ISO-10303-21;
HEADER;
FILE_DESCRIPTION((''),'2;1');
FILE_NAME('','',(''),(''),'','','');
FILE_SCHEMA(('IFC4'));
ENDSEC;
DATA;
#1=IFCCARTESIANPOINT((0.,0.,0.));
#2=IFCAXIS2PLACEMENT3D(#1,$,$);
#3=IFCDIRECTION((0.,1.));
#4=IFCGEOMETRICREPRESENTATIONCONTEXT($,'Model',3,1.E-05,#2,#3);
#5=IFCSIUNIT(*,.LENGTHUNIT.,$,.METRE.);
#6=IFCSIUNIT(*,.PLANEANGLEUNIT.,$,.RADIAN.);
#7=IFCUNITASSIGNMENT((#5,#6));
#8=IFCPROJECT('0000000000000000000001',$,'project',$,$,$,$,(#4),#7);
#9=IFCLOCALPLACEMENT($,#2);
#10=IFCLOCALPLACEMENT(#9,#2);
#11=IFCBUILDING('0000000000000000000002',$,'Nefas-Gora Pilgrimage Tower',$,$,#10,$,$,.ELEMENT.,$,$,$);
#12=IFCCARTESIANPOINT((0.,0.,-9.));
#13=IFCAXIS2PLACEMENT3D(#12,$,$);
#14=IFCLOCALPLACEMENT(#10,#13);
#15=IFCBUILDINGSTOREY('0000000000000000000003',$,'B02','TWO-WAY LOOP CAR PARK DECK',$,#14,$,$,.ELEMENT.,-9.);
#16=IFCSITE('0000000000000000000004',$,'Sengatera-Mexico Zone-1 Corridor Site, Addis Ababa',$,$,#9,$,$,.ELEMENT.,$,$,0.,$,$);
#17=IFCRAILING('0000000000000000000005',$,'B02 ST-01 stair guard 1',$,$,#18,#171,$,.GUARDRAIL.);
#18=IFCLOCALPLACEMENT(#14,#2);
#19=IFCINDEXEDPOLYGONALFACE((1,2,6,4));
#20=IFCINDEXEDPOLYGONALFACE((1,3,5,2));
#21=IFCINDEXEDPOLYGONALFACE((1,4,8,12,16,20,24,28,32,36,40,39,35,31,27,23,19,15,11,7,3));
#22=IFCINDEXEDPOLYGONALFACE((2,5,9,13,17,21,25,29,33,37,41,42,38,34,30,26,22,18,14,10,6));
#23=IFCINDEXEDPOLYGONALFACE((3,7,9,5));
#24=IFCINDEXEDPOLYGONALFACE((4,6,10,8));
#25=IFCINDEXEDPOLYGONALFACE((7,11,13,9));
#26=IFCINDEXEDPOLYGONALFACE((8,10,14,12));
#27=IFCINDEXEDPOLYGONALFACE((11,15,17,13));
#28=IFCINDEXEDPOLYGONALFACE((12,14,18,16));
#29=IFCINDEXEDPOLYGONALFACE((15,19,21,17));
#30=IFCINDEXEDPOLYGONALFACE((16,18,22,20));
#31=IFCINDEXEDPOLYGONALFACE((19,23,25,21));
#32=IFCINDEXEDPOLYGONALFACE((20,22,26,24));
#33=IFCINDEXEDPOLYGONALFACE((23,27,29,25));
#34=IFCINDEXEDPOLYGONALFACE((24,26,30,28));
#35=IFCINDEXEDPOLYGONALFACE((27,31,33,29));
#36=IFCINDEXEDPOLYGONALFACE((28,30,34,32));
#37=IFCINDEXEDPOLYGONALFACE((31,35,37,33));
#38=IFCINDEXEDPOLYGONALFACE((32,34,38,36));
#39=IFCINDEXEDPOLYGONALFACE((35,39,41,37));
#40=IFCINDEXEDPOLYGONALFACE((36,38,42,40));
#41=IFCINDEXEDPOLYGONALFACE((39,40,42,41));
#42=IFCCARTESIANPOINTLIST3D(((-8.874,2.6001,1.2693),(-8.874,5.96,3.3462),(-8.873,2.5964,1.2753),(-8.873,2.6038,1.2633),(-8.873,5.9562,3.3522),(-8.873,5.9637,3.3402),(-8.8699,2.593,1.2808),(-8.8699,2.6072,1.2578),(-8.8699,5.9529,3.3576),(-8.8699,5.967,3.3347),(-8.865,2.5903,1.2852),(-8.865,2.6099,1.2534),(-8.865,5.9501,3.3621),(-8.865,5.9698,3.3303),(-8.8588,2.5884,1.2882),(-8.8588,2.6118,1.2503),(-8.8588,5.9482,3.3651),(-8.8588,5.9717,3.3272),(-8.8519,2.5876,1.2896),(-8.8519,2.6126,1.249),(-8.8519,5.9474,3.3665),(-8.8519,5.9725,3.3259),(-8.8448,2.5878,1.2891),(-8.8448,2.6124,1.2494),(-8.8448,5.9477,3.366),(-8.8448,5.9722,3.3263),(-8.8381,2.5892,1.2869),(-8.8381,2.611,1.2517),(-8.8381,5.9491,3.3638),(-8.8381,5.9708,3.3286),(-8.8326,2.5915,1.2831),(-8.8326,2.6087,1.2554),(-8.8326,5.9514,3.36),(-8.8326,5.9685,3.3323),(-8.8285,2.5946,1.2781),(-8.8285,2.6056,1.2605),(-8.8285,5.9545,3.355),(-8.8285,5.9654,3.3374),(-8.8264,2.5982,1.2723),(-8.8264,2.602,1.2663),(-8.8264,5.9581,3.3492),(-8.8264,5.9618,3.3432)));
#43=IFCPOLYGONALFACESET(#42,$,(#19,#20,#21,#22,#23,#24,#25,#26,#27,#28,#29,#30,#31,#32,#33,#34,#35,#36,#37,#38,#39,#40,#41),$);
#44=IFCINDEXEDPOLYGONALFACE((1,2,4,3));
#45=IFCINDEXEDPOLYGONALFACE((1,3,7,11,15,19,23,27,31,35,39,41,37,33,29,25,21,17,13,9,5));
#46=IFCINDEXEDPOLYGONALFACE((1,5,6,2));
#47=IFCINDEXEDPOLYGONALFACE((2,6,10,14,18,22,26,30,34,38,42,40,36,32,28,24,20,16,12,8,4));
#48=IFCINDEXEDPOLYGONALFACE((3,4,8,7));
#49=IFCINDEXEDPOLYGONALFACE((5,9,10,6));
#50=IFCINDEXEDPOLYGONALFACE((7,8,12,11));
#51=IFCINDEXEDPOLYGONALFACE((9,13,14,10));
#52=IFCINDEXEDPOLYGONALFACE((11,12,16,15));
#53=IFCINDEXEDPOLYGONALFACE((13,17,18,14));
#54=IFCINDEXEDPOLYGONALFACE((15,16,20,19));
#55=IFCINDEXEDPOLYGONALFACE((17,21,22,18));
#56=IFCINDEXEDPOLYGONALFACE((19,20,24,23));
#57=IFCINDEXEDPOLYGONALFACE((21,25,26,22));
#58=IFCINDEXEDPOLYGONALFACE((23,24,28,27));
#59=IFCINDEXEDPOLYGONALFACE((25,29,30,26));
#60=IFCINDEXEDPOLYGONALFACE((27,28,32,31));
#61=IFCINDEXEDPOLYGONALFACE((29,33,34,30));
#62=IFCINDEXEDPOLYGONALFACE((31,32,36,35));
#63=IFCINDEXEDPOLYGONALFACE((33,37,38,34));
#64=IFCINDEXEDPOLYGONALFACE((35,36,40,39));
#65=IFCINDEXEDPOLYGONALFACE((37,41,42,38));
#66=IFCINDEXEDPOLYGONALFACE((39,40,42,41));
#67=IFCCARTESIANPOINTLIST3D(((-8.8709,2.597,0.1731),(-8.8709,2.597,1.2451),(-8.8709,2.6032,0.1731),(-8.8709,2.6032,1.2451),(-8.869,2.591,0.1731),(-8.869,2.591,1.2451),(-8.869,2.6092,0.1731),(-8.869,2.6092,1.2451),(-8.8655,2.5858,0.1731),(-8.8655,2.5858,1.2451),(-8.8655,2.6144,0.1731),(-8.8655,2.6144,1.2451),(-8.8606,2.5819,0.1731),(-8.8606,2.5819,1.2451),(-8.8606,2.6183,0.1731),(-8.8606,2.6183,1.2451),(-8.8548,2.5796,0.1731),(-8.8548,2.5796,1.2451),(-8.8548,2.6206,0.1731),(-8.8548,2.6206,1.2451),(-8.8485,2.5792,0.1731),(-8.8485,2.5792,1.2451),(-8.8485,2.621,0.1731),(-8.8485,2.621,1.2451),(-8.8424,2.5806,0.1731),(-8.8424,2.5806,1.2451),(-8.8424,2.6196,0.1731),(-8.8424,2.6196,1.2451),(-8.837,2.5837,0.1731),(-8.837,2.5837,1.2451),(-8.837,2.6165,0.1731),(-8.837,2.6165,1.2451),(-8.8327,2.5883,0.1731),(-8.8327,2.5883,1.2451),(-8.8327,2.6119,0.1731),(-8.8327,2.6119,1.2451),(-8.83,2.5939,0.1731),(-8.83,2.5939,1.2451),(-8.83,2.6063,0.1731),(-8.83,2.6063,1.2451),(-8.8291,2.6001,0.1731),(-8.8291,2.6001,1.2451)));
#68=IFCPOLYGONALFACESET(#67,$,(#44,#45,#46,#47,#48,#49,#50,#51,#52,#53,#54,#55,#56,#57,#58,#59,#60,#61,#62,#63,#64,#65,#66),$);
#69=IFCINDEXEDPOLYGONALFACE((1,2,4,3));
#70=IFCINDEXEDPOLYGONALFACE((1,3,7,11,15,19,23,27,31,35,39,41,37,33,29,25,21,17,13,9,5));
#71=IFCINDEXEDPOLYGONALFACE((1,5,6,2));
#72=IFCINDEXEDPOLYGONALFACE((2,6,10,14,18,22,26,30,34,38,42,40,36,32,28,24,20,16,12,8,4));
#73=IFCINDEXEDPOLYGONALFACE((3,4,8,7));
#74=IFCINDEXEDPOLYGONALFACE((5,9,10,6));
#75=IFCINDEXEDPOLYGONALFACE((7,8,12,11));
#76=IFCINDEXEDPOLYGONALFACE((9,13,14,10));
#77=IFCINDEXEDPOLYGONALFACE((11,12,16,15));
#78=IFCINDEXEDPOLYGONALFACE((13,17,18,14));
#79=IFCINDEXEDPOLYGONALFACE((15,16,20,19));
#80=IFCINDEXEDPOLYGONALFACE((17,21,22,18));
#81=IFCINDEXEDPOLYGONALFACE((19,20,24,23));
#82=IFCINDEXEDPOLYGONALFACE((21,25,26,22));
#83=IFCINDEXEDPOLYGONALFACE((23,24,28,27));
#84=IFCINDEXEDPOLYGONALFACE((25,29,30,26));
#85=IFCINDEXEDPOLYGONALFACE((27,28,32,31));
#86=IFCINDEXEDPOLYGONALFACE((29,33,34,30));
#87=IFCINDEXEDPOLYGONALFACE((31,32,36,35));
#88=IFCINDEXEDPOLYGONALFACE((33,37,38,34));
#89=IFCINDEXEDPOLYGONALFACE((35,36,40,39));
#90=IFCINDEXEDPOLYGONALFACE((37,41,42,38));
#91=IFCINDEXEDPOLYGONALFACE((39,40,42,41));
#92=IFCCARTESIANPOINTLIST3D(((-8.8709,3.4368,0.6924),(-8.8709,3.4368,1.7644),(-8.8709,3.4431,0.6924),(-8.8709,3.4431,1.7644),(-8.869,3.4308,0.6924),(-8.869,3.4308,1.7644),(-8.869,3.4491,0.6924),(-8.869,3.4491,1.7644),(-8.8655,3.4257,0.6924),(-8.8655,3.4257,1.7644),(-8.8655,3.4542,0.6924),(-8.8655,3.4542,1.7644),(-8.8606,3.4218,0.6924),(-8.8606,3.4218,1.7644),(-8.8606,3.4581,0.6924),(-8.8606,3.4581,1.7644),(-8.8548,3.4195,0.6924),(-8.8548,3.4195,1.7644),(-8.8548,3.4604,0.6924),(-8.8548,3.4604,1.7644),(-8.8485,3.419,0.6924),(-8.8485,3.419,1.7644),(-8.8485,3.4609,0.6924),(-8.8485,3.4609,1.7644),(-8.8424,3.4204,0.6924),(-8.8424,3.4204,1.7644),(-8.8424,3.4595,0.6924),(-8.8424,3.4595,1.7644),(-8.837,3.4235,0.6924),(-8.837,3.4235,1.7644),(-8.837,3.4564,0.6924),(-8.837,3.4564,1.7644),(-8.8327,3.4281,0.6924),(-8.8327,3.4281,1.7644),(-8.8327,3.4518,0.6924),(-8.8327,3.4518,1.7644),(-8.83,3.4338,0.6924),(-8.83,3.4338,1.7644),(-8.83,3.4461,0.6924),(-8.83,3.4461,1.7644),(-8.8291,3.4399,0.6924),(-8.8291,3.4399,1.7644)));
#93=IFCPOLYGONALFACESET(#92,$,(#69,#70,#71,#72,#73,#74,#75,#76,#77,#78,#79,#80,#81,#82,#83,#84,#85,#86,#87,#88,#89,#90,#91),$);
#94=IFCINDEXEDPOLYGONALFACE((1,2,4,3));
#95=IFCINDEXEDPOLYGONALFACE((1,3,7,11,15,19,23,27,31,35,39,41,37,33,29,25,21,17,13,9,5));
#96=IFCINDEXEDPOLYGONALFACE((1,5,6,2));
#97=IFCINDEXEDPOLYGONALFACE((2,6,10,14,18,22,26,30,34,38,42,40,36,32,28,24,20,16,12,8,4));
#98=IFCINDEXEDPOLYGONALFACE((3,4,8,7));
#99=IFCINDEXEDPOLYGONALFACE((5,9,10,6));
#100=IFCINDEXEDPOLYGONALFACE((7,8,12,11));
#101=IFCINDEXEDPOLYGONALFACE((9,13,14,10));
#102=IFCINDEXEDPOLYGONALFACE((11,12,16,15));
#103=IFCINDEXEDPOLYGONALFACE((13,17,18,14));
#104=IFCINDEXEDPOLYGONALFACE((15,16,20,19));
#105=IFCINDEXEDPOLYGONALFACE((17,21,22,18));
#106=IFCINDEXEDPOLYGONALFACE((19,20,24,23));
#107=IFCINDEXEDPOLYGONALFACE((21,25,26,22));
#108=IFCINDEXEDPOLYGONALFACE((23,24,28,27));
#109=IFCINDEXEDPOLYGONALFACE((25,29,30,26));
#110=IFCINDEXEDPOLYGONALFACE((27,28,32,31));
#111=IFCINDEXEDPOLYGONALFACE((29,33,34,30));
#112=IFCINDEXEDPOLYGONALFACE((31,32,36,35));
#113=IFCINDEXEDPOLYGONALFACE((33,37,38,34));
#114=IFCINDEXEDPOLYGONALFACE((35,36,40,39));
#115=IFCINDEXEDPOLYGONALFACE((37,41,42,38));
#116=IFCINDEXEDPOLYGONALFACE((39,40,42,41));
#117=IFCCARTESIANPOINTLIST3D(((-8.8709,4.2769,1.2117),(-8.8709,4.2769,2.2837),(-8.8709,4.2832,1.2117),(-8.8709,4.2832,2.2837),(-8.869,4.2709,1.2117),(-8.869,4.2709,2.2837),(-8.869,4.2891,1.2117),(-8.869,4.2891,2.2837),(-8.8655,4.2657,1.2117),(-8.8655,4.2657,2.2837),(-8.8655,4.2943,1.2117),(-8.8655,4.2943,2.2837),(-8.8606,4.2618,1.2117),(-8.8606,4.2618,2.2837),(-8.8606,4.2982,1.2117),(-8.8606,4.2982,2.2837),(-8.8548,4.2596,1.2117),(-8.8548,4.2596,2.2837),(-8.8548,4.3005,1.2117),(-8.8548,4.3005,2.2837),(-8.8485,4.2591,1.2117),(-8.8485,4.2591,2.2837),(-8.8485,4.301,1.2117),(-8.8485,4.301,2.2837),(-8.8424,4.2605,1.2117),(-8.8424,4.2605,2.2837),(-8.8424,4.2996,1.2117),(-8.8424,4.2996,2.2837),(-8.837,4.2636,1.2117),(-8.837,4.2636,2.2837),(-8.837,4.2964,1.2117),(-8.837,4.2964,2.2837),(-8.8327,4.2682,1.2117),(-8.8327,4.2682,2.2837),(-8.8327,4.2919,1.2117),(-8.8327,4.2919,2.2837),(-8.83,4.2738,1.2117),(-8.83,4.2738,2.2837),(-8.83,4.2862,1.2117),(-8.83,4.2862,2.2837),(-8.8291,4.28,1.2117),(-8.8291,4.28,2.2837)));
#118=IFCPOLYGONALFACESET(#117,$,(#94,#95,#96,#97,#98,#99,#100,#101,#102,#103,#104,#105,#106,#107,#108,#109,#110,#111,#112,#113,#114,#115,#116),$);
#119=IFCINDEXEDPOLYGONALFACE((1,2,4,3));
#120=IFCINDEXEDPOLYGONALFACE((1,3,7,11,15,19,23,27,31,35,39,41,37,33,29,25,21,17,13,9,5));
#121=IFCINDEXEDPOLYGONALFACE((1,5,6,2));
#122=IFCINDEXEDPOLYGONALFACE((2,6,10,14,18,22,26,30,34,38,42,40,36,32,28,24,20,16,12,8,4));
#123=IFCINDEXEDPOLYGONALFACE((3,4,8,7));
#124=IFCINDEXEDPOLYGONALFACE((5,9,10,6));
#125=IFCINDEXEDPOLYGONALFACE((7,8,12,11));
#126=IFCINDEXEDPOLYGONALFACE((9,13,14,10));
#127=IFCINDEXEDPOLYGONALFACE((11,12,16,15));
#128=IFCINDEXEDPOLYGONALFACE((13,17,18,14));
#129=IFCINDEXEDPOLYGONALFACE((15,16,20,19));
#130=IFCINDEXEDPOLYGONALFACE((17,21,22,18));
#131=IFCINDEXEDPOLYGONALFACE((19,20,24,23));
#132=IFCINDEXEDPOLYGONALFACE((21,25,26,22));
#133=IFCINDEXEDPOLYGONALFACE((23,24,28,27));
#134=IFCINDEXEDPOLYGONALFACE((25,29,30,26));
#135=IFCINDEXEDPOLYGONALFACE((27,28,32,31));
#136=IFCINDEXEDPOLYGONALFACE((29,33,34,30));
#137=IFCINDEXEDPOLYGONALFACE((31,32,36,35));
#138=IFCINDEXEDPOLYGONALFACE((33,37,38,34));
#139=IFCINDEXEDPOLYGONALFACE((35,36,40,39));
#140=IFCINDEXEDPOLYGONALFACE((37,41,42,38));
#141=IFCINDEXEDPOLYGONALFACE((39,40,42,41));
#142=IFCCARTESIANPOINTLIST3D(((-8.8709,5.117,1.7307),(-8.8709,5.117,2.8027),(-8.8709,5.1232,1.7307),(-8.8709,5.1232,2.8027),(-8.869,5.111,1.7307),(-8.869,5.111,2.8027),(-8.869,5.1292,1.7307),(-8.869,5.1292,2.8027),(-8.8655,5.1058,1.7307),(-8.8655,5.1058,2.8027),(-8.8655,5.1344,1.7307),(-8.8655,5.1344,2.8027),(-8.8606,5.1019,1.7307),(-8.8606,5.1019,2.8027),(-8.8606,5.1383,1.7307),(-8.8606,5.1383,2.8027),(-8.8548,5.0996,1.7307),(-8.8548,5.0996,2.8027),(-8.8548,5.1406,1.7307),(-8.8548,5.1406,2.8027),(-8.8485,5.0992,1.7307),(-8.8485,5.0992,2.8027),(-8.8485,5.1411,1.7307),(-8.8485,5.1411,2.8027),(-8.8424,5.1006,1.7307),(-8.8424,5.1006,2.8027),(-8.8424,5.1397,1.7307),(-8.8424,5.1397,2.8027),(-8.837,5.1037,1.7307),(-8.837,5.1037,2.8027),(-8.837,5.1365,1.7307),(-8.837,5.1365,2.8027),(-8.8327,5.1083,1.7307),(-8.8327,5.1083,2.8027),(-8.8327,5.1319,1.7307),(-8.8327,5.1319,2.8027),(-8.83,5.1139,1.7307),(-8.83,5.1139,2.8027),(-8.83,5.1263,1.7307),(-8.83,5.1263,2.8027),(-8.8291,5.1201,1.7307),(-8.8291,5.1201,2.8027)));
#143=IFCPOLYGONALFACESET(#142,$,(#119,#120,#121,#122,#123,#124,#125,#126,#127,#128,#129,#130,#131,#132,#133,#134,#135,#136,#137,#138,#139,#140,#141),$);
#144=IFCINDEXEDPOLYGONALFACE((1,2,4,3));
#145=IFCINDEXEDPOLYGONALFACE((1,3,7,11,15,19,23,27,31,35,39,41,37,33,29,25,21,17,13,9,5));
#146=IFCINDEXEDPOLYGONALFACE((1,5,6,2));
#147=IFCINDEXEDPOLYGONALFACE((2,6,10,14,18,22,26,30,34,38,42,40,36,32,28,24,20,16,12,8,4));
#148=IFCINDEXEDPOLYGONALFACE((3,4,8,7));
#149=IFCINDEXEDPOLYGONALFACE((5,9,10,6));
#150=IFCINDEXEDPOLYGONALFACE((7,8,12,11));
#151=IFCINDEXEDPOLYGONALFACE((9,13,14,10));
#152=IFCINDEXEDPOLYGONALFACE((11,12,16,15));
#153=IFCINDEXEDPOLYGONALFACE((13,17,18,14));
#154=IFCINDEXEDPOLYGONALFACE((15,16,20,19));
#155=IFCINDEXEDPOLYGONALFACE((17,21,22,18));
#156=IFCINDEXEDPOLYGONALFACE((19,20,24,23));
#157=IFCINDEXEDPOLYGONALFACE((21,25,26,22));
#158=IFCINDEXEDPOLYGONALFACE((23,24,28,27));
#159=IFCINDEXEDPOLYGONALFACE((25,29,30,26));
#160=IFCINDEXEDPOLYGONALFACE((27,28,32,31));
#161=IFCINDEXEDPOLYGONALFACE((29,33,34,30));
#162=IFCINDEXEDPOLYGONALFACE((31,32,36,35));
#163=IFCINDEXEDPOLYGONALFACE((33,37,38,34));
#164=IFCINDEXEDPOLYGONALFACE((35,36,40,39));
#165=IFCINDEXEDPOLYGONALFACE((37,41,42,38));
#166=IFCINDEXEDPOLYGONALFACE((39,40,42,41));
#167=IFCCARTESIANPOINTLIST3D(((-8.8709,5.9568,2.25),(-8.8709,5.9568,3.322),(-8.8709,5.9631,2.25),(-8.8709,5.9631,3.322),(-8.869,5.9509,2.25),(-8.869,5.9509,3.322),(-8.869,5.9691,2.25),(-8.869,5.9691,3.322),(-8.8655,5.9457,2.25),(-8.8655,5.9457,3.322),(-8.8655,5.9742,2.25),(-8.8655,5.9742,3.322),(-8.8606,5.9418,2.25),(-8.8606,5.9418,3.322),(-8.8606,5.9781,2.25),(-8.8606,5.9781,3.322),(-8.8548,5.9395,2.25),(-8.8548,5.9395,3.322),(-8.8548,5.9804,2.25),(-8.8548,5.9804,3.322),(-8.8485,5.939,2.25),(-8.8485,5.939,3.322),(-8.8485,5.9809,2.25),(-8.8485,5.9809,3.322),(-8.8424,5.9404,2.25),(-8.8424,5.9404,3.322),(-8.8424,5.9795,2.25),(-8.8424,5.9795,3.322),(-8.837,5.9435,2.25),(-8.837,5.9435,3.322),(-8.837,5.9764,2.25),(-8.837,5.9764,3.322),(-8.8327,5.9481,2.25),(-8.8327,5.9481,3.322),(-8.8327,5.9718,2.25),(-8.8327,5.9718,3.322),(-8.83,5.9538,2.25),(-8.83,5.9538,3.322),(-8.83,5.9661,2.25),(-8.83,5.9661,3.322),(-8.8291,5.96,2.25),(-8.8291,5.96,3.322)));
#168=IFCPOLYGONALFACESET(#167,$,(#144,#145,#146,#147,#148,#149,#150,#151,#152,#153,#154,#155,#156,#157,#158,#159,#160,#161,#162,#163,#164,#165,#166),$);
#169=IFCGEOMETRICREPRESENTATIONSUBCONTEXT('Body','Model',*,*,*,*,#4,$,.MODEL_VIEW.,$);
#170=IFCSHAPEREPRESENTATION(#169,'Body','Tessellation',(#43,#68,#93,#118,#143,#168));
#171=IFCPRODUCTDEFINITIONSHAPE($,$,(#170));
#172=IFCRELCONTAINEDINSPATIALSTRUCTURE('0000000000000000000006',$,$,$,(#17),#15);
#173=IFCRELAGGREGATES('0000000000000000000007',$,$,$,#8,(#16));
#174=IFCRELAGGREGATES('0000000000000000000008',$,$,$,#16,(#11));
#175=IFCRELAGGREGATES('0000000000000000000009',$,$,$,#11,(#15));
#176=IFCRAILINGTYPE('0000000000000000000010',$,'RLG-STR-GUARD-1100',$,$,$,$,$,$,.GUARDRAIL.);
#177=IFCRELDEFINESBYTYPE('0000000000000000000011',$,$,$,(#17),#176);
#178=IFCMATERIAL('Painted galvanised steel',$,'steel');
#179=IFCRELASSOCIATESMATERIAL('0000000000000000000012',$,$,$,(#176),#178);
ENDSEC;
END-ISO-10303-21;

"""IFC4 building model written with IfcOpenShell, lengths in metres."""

from ifc_helpers import new_model, si_unit, direction, frame, origin, origin_2d, place, context, subcontext, project, spatial, circle, extrude, material, type_object, element, save


model = new_model("IFC4")

# Units and contexts
model_context = context("Model", 3, precision=1e-05, world=origin(), true_north=direction((0.0, 1.0)))
body_context = subcontext(model_context, "Body", "Model", "MODEL_VIEW")
ifc_project = project(units=[si_unit("LENGTHUNIT", "METRE"), si_unit("PLANEANGLEUNIT", "RADIAN")], contexts=[model_context])

# Site, building, storey
site_placement = place(None, origin())
site = spatial("IfcSite", under=ifc_project, at=site_placement, Name="Sengatera-Mexico Zone-1 Corridor Site, Addis Ababa", CompositionType="ELEMENT", RefElevation=0.0)
building_placement = place(site_placement, origin())
building = spatial("IfcBuilding", under=site, at=building_placement, Name="Nefas-Gora Pilgrimage Tower", CompositionType="ELEMENT")
storey_placement = place(building_placement, frame((0.0, 0.0, -9.0)))
storey = spatial("IfcBuildingStorey", under=building, at=storey_placement, Name="B02", Description="TWO-WAY LOOP CAR PARK DECK", CompositionType="ELEMENT", Elevation=-9.0)

# Railing
ifc_material_1 = material(Name="Painted galvanised steel", Category="steel")
railing_type_1 = type_object("IfcRailingType", Name="RLG-STR-GUARD-1100", PredefinedType="GUARDRAIL", material=ifc_material_1)
railing_1_placement = place(storey_placement, frame((-8.8501, 2.6001, 0.1731)))
element("IfcRailing", 1, at=railing_1_placement, inside=storey, type_object=railing_type_1, Name="B02 ST-01 stair guard 1", PredefinedType="GUARDRAIL", context=body_context, shape_type="SweptSolid", body=[
    extrude(circle(Radius=0.0239, at=origin_2d()), frame((0.0, 0.0, 1.0962), z_axis=(0.0, 0.850606, 0.525803), x_axis=(-1.0, 0.0, 0.0)), (0.0, 0.0, 1.0), 3.95),
    extrude(circle(Radius=0.021, at=origin_2d()), origin(), (0.0, 0.0, 1.0), 1.072),
    extrude(circle(Radius=0.021, at=origin_2d()), frame((0.0, 0.8398, 0.5193)), (0.0, 0.0, 1.0), 1.072),
    extrude(circle(Radius=0.021, at=origin_2d()), frame((0.0, 1.6799, 1.0386)), (0.0, 0.0, 1.0), 1.072),
    extrude(circle(Radius=0.021, at=origin_2d()), frame((0.0, 2.52, 1.5576)), (0.0, 0.0, 1.0), 1.072),
    extrude(circle(Radius=0.021, at=origin_2d()), frame((0.0, 3.3599, 2.0769)), (0.0, 0.0, 1.0), 1.072),
])

save(model, "model.ifc")
